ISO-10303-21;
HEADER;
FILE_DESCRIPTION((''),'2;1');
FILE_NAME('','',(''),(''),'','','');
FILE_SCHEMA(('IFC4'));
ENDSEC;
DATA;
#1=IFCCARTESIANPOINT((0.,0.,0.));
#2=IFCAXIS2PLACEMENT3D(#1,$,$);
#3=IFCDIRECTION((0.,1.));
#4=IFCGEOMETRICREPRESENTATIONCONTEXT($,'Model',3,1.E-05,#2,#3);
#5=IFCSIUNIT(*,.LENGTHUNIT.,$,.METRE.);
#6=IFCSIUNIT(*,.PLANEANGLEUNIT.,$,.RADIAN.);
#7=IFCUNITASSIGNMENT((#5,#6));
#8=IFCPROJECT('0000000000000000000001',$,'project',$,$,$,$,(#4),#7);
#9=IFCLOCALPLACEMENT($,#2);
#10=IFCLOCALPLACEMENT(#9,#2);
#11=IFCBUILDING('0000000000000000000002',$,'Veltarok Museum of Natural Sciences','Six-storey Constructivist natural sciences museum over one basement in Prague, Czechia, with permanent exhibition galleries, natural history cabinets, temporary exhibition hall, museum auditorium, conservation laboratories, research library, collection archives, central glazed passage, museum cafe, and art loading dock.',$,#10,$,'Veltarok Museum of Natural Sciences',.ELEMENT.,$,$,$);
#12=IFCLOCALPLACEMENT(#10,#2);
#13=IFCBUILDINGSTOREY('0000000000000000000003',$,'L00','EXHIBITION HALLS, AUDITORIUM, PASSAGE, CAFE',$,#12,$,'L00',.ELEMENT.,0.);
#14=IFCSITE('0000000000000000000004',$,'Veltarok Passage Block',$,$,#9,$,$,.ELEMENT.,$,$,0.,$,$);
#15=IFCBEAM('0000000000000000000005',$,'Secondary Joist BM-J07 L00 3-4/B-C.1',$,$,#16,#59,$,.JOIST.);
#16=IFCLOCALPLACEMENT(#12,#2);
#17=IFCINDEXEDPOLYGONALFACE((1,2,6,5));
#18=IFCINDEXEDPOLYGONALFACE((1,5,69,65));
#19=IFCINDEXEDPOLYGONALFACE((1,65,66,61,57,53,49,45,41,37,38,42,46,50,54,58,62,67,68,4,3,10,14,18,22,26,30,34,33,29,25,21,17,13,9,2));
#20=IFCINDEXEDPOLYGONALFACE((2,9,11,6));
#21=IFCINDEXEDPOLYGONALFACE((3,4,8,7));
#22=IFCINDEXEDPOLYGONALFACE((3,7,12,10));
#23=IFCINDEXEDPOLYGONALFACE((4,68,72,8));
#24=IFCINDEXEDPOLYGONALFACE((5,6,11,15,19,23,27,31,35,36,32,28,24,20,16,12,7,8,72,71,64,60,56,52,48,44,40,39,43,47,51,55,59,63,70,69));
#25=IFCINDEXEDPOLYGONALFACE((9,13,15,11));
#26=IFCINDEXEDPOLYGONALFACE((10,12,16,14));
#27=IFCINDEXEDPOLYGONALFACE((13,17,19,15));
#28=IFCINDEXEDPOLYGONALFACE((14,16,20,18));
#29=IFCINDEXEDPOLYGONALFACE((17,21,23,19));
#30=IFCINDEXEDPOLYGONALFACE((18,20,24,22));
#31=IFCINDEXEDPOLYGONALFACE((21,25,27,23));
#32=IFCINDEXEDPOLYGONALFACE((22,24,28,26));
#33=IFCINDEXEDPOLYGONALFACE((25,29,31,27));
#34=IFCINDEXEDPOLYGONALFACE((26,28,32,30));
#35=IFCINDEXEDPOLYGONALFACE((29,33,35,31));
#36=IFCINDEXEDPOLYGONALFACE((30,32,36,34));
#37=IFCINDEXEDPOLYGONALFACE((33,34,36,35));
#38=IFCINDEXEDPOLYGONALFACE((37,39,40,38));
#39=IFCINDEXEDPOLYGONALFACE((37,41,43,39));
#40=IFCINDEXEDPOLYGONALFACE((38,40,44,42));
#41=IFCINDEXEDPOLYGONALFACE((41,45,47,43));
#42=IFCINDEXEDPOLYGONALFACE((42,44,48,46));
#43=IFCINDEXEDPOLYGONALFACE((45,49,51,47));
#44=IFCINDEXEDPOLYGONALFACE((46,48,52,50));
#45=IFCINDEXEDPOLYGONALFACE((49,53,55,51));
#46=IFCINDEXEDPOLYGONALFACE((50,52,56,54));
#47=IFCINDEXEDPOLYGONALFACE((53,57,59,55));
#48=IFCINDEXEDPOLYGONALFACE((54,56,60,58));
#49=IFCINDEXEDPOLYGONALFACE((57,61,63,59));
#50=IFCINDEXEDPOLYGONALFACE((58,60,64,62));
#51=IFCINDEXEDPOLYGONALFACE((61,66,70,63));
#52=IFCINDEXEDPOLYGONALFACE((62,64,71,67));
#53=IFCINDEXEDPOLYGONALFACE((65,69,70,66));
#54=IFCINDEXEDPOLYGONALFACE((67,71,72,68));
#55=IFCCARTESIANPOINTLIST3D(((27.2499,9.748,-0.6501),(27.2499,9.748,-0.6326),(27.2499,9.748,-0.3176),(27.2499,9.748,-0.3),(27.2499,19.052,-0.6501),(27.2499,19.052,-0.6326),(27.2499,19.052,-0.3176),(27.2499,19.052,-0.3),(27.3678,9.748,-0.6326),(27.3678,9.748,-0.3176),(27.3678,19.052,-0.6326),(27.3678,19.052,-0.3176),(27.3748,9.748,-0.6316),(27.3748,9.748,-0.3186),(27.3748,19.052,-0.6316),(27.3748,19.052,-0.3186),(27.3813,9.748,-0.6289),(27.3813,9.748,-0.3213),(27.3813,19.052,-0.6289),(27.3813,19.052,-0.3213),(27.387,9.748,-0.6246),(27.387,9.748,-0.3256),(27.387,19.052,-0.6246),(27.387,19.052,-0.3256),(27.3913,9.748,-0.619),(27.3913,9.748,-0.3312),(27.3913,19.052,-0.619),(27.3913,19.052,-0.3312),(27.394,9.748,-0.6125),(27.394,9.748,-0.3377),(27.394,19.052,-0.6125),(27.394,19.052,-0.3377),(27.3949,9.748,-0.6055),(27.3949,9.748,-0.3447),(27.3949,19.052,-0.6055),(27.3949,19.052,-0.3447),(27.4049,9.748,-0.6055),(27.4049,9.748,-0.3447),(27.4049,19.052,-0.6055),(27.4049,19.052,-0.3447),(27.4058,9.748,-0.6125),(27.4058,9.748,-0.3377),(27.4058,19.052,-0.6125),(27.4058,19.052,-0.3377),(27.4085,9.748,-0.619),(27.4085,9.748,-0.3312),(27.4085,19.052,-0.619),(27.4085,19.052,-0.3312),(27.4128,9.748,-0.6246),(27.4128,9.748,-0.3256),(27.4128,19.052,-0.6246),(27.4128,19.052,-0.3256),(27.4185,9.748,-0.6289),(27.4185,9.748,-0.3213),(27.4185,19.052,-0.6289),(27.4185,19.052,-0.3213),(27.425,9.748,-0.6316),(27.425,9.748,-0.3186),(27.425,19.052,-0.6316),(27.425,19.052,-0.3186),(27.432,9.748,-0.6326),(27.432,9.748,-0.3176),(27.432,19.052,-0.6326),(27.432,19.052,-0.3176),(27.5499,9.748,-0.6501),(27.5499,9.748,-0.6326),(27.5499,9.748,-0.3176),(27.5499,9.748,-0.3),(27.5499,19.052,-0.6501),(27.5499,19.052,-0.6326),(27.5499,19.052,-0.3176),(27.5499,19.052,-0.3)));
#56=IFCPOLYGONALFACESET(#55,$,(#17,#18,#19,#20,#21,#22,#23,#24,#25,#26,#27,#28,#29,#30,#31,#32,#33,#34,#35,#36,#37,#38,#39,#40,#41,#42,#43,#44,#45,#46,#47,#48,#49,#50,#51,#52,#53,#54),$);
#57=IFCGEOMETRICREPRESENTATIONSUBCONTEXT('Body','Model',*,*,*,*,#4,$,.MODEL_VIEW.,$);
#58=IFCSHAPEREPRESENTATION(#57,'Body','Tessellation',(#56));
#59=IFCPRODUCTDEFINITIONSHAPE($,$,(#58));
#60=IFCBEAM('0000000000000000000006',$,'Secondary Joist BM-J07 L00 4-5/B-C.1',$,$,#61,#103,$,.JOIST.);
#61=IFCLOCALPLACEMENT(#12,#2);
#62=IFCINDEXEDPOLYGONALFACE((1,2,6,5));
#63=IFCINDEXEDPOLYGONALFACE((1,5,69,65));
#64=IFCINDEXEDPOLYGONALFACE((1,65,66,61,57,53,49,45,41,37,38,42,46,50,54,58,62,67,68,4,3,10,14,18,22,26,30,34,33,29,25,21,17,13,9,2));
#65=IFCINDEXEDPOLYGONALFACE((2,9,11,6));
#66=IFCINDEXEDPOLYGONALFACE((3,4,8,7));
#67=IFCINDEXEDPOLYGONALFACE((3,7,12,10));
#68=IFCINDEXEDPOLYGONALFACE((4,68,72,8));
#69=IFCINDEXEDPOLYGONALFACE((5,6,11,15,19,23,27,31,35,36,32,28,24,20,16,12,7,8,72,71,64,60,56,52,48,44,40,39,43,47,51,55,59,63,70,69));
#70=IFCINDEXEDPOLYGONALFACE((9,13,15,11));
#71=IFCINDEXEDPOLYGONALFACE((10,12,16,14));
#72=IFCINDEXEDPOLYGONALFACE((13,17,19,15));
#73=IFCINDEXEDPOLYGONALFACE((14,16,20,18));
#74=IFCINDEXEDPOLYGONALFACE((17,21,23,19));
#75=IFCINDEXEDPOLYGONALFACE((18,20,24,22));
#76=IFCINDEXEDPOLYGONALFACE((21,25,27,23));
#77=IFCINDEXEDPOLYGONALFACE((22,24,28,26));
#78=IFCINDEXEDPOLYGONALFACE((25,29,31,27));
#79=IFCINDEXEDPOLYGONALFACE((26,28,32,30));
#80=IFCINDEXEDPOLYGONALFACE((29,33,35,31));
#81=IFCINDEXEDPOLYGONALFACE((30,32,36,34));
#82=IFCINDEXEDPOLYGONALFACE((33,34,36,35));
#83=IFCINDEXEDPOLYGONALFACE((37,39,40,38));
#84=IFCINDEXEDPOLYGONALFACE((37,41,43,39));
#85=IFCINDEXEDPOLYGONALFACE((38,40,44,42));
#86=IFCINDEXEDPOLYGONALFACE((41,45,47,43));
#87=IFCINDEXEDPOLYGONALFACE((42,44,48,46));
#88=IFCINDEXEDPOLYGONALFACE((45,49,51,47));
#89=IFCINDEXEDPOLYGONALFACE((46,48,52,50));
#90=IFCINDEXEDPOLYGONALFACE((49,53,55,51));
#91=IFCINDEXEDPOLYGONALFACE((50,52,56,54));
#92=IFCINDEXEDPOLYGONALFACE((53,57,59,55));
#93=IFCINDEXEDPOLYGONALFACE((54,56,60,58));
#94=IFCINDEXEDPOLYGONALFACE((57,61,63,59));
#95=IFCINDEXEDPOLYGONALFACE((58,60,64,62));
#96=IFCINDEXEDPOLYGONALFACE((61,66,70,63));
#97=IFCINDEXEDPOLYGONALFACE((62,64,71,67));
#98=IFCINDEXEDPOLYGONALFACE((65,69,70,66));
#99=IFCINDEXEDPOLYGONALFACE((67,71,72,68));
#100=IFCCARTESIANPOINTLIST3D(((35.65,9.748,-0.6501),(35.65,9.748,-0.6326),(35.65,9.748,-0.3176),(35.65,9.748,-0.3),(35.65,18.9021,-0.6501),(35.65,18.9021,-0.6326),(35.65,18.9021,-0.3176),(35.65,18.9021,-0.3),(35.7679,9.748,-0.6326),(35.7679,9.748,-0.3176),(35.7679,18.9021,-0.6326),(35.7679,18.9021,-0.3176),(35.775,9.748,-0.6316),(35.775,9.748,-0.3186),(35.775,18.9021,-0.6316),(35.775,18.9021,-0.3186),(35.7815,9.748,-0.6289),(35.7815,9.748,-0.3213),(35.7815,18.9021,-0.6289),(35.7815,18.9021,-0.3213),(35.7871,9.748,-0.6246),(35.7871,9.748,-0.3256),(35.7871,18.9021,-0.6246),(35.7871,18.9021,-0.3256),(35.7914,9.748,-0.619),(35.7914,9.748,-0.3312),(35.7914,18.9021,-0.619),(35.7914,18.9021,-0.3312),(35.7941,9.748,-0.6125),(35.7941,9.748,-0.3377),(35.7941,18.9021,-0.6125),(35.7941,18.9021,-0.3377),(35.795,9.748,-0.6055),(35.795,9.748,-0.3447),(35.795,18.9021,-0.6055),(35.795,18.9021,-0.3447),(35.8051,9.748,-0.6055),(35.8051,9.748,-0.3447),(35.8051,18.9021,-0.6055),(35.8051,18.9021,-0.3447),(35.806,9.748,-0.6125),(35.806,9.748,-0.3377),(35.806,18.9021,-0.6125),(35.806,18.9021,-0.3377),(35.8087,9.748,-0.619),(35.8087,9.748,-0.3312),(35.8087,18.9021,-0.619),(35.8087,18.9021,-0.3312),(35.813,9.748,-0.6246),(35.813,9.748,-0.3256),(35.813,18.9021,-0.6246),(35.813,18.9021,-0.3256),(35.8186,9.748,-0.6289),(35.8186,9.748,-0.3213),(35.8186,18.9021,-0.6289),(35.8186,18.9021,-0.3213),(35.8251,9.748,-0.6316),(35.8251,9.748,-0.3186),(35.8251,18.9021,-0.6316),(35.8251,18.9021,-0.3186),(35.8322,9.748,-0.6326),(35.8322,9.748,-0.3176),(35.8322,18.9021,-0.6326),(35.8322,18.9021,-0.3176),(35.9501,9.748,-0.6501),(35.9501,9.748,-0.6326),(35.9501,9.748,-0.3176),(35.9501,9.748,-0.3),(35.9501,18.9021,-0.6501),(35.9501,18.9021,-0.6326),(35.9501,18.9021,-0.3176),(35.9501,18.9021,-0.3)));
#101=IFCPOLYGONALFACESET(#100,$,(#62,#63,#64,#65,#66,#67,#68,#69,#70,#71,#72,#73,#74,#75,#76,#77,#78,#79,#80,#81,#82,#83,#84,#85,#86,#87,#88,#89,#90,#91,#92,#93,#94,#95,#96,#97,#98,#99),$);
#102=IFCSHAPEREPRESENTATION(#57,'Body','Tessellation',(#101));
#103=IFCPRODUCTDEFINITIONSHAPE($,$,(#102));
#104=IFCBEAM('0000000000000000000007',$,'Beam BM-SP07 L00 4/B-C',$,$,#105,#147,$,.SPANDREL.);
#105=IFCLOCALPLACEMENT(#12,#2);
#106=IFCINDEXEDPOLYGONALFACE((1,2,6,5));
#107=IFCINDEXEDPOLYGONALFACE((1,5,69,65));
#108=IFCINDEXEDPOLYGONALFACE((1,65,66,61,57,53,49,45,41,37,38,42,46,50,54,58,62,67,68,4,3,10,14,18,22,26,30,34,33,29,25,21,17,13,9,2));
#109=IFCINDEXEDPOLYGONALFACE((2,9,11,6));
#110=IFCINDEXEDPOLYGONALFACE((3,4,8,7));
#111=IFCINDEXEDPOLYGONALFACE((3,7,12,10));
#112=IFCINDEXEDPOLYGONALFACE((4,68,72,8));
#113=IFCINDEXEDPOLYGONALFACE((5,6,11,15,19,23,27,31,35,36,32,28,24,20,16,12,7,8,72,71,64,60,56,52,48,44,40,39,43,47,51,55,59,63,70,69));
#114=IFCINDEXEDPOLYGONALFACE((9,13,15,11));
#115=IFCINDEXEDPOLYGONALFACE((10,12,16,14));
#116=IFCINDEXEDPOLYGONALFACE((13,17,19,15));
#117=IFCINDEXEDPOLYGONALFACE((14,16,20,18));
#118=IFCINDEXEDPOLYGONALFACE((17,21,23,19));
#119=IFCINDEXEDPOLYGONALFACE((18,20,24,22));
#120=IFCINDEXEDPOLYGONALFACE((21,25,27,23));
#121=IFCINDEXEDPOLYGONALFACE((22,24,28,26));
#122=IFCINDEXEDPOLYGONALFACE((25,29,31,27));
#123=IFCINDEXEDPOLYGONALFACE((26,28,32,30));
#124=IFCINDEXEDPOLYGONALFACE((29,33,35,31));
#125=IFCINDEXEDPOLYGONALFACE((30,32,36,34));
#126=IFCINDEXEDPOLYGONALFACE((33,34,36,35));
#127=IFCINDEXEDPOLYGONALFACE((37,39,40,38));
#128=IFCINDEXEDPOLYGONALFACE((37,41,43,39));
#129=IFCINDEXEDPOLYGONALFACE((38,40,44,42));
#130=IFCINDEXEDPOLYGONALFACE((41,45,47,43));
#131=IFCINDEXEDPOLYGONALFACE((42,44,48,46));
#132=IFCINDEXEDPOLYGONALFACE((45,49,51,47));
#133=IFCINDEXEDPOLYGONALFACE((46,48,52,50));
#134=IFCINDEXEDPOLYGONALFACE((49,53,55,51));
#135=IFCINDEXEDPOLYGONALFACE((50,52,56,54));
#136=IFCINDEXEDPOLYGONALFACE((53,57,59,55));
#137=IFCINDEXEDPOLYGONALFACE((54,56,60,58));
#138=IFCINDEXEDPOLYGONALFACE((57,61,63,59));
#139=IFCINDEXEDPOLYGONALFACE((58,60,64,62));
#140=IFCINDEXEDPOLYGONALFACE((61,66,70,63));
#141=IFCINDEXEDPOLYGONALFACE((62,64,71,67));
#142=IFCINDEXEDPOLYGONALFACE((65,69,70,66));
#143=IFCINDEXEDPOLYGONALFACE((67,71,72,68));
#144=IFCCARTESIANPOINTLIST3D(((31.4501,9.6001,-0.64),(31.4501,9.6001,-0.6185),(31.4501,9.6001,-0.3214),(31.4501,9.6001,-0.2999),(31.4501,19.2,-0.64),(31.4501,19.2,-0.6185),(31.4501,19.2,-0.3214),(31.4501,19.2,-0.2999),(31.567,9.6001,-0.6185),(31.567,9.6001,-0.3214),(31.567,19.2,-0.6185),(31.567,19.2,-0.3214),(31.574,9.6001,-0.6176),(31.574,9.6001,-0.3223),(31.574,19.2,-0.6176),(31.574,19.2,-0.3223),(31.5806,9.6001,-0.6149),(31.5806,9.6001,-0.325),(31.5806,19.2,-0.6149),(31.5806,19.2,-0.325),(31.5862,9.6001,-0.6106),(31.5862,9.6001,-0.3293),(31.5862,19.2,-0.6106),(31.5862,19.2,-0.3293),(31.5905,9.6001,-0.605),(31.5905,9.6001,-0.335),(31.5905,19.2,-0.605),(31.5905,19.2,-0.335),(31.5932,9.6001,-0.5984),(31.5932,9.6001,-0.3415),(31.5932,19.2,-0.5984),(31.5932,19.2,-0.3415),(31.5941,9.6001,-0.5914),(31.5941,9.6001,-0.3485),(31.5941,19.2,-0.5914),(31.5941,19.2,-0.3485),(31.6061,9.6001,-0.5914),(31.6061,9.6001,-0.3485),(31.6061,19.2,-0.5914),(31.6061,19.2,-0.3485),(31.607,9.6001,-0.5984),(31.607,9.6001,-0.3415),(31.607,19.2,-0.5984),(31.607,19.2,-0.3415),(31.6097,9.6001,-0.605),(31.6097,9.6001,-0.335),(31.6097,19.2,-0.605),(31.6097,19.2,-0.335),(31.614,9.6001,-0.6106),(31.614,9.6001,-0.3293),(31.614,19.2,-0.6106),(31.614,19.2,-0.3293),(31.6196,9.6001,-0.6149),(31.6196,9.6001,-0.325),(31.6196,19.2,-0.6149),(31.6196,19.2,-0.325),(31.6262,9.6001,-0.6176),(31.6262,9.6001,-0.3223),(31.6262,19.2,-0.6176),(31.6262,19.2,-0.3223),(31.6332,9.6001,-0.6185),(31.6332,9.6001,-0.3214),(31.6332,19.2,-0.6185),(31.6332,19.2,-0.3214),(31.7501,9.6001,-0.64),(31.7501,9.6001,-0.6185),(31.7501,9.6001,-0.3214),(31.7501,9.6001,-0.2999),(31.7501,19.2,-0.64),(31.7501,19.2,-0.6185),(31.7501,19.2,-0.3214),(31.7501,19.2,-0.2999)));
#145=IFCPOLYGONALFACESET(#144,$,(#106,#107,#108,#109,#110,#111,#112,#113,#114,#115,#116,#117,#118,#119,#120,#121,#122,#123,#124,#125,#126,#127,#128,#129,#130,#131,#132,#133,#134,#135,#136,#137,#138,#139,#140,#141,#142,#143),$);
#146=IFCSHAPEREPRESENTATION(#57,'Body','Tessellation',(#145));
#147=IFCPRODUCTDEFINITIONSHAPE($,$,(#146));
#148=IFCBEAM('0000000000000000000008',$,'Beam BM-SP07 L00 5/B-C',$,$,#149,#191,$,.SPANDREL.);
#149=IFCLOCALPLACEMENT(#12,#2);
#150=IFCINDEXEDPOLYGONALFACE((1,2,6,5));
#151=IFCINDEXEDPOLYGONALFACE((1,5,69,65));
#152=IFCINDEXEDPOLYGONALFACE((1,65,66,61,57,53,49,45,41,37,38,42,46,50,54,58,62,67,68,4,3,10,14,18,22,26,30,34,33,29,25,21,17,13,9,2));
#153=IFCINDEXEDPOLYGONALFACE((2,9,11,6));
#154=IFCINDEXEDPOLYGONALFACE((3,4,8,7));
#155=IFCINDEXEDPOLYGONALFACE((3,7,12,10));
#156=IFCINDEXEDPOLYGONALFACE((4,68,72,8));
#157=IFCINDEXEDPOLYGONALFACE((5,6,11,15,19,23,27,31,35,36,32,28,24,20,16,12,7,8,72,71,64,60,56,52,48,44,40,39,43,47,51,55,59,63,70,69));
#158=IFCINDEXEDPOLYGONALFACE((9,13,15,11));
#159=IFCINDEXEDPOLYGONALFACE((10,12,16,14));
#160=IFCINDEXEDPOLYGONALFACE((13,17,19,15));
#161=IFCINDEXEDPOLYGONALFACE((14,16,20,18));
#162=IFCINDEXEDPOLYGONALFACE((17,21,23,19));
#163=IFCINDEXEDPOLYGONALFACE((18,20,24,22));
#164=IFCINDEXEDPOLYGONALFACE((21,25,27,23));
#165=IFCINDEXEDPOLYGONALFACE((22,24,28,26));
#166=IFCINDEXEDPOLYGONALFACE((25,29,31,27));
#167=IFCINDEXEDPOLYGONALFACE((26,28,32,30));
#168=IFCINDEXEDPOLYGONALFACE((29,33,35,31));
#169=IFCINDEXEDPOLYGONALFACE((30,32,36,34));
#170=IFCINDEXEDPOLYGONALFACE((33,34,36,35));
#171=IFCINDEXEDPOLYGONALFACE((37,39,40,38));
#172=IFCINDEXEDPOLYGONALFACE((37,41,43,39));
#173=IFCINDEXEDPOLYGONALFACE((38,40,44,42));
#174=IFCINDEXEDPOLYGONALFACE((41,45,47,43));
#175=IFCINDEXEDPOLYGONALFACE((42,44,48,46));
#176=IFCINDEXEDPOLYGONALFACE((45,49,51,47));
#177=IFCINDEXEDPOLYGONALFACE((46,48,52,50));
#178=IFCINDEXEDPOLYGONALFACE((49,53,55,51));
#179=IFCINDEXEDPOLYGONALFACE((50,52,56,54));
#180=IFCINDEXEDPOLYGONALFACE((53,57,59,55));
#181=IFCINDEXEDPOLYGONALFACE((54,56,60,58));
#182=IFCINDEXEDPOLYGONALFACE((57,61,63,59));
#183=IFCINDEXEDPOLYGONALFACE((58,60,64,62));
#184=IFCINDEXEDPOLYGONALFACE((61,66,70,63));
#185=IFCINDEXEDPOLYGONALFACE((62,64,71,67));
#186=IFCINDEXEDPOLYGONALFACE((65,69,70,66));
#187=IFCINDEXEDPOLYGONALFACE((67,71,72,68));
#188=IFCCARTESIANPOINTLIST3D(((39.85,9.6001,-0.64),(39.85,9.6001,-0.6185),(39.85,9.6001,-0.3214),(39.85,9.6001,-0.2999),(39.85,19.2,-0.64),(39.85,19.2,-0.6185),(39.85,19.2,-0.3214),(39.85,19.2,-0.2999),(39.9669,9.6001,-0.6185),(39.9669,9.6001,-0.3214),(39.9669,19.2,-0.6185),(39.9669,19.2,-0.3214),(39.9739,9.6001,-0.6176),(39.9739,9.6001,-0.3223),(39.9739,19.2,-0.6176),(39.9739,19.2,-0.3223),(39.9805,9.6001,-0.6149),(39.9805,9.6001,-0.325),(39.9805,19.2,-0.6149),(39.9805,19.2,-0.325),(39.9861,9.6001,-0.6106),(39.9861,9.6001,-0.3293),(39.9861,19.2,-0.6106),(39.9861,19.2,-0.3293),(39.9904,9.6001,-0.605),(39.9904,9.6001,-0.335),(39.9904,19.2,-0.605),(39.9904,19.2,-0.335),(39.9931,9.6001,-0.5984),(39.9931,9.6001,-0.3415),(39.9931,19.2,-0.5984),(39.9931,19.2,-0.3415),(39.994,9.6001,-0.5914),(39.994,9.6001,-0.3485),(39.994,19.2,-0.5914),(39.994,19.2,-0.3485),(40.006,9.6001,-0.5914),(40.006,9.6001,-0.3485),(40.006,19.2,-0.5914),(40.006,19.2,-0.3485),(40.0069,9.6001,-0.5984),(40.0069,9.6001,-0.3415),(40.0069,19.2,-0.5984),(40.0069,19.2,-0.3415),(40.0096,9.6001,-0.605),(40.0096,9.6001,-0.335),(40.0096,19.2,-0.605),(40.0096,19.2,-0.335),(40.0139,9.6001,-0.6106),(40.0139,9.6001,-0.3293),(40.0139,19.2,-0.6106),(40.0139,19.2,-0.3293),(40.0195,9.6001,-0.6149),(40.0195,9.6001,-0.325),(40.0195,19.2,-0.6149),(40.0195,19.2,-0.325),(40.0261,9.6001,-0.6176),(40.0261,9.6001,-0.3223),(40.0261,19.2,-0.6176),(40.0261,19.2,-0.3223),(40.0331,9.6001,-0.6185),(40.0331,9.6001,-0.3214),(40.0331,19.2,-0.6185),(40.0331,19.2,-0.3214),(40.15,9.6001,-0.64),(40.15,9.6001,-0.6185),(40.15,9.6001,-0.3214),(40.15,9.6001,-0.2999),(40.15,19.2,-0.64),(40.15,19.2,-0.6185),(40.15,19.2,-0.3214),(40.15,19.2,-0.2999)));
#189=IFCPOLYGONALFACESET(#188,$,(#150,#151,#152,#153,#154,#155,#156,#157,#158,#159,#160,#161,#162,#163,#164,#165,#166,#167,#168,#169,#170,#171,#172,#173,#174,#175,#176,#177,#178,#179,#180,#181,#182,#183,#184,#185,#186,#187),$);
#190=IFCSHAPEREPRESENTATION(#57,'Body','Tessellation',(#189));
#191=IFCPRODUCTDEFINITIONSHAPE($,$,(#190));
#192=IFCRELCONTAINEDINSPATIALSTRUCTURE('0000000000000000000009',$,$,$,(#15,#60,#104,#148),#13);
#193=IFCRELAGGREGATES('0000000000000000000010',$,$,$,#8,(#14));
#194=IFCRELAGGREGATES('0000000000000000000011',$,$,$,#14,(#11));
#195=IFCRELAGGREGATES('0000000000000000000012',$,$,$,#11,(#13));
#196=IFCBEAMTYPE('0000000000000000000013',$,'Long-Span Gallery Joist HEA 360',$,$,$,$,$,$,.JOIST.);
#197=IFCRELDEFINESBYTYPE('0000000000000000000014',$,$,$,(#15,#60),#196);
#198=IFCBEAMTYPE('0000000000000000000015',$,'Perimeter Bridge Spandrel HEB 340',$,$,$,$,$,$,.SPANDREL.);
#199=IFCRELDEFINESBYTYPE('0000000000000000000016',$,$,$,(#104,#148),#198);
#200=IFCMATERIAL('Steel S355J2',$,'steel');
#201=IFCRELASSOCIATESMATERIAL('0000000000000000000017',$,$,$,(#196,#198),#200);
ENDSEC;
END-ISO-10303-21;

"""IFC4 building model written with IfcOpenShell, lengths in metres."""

from ifc_helpers import new_model, si_unit, direction, frame, origin, origin_2d, place, context, subcontext, project, spatial, i_section, extrude, material, material_profile, profile_set, type_object, element, save


model = new_model("IFC4")

# Units and contexts
model_context = context("Model", 3, precision=1e-05, world=origin(), true_north=direction((0.0, 1.0)))
body_context = subcontext(model_context, "Body", "Model", "MODEL_VIEW")
ifc_project = project(units=[si_unit("LENGTHUNIT", "METRE"), si_unit("PLANEANGLEUNIT", "RADIAN")], contexts=[model_context])

# Site, building, storey
site_placement = place(None, origin())
site = spatial("IfcSite", under=ifc_project, at=site_placement, Name="Veltarok Passage Block", CompositionType="ELEMENT", RefElevation=0.0)
building_placement = place(site_placement, origin())
building = spatial("IfcBuilding", under=site, at=building_placement, Name="Veltarok Museum of Natural Sciences", Description="Six-storey Constructivist natural sciences museum over one basement in Prague, Czechia, with permanent exhibition galleries, natural history cabinets, temporary exhibition hall, museum auditorium, conservation laboratories, research library, collection archives, central glazed passage, museum cafe, and art loading dock.", LongName="Veltarok Museum of Natural Sciences", CompositionType="ELEMENT")
storey_placement = place(building_placement, origin())
storey = spatial("IfcBuildingStorey", under=building, at=storey_placement, Name="L00", Description="EXHIBITION HALLS, AUDITORIUM, PASSAGE, CAFE", LongName="L00", CompositionType="ELEMENT", Elevation=0.0)

# Shared definitions
ifc_material_1 = material(Name="Steel S355J2", Category="steel")

# Beams
ifc_material_profile_1 = material_profile(ifc_material_1, i_section(OverallWidth=0.3, OverallDepth=0.3501, WebThickness=0.01, FlangeThickness=0.0176, FilletRadius=0.0271, at=origin_2d()), Name="HEA 360")
ifc_profile_set_1 = profile_set([ifc_material_profile_1], Name="Steel S355J2")
beam_type_1 = type_object("IfcBeamType", Name="Long-Span Gallery Joist HEA 360", PredefinedType="JOIST", material=ifc_profile_set_1)
beam_1_placement = place(storey_placement, frame((27.3999, 9.748, -0.4751), z_axis=(0.0, 1.0, 0.0), x_axis=(-1.0, 0.0, 0.0)))
element("IfcBeam", 1, at=beam_1_placement, inside=storey, type_object=beam_type_1, Name="Secondary Joist BM-J07 L00 3-4/B-C.1", PredefinedType="JOIST", context=body_context, shape_type="SweptSolid", body=[
    extrude(i_section(OverallWidth=0.3, OverallDepth=0.3501, WebThickness=0.01, FlangeThickness=0.0176, FilletRadius=0.0271, at=origin_2d()), origin(), (0.0, 0.0, 1.0), 9.304),
])
beam_2_placement = place(storey_placement, frame((35.8, 9.748, -0.4751), z_axis=(0.0, 1.0, 0.0), x_axis=(-1.0, 0.0, 0.0)))
element("IfcBeam", 2, at=beam_2_placement, inside=storey, type_object=beam_type_1, Name="Secondary Joist BM-J07 L00 4-5/B-C.1", PredefinedType="JOIST", context=body_context, shape_type="SweptSolid", body=[
    extrude(i_section(OverallWidth=0.3, OverallDepth=0.3501, WebThickness=0.01, FlangeThickness=0.0176, FilletRadius=0.0271, at=origin_2d()), origin(), (0.0, 0.0, 1.0), 9.1541),
])
ifc_material_profile_2 = material_profile(ifc_material_1, i_section(OverallWidth=0.3, OverallDepth=0.3401, WebThickness=0.012, FlangeThickness=0.0215, FilletRadius=0.0271, at=origin_2d()), Name="HEB 340")
ifc_profile_set_2 = profile_set([ifc_material_profile_2], Name="Steel S355J2")
beam_type_2 = type_object("IfcBeamType", Name="Perimeter Bridge Spandrel HEB 340", PredefinedType="SPANDREL", material=ifc_profile_set_2)
for number, where, z_axis, x_axis, name in (
    (3, (31.6001, 9.6001, -0.47), (0.0, 1.0, 0.0), (-1.0, 0.0, 0.0), "Beam BM-SP07 L00 4/B-C"),
    (4, (40.0, 9.6001, -0.47), (0.0, 1.0, 0.0), (-1.0, 0.0, 0.0), "Beam BM-SP07 L00 5/B-C"),
):
    element("IfcBeam", number, at=place(storey_placement, frame(where, z_axis=z_axis, x_axis=x_axis)), inside=storey, type_object=beam_type_2, Name=name, PredefinedType="SPANDREL", context=body_context, shape_type="SweptSolid", body=[
        extrude(i_section(OverallWidth=0.3, OverallDepth=0.3401, WebThickness=0.012, FlangeThickness=0.0215, FilletRadius=0.0271, at=origin_2d()), origin(), (0.0, 0.0, 1.0), 9.5999),
    ])

save(model, "model.ifc")
